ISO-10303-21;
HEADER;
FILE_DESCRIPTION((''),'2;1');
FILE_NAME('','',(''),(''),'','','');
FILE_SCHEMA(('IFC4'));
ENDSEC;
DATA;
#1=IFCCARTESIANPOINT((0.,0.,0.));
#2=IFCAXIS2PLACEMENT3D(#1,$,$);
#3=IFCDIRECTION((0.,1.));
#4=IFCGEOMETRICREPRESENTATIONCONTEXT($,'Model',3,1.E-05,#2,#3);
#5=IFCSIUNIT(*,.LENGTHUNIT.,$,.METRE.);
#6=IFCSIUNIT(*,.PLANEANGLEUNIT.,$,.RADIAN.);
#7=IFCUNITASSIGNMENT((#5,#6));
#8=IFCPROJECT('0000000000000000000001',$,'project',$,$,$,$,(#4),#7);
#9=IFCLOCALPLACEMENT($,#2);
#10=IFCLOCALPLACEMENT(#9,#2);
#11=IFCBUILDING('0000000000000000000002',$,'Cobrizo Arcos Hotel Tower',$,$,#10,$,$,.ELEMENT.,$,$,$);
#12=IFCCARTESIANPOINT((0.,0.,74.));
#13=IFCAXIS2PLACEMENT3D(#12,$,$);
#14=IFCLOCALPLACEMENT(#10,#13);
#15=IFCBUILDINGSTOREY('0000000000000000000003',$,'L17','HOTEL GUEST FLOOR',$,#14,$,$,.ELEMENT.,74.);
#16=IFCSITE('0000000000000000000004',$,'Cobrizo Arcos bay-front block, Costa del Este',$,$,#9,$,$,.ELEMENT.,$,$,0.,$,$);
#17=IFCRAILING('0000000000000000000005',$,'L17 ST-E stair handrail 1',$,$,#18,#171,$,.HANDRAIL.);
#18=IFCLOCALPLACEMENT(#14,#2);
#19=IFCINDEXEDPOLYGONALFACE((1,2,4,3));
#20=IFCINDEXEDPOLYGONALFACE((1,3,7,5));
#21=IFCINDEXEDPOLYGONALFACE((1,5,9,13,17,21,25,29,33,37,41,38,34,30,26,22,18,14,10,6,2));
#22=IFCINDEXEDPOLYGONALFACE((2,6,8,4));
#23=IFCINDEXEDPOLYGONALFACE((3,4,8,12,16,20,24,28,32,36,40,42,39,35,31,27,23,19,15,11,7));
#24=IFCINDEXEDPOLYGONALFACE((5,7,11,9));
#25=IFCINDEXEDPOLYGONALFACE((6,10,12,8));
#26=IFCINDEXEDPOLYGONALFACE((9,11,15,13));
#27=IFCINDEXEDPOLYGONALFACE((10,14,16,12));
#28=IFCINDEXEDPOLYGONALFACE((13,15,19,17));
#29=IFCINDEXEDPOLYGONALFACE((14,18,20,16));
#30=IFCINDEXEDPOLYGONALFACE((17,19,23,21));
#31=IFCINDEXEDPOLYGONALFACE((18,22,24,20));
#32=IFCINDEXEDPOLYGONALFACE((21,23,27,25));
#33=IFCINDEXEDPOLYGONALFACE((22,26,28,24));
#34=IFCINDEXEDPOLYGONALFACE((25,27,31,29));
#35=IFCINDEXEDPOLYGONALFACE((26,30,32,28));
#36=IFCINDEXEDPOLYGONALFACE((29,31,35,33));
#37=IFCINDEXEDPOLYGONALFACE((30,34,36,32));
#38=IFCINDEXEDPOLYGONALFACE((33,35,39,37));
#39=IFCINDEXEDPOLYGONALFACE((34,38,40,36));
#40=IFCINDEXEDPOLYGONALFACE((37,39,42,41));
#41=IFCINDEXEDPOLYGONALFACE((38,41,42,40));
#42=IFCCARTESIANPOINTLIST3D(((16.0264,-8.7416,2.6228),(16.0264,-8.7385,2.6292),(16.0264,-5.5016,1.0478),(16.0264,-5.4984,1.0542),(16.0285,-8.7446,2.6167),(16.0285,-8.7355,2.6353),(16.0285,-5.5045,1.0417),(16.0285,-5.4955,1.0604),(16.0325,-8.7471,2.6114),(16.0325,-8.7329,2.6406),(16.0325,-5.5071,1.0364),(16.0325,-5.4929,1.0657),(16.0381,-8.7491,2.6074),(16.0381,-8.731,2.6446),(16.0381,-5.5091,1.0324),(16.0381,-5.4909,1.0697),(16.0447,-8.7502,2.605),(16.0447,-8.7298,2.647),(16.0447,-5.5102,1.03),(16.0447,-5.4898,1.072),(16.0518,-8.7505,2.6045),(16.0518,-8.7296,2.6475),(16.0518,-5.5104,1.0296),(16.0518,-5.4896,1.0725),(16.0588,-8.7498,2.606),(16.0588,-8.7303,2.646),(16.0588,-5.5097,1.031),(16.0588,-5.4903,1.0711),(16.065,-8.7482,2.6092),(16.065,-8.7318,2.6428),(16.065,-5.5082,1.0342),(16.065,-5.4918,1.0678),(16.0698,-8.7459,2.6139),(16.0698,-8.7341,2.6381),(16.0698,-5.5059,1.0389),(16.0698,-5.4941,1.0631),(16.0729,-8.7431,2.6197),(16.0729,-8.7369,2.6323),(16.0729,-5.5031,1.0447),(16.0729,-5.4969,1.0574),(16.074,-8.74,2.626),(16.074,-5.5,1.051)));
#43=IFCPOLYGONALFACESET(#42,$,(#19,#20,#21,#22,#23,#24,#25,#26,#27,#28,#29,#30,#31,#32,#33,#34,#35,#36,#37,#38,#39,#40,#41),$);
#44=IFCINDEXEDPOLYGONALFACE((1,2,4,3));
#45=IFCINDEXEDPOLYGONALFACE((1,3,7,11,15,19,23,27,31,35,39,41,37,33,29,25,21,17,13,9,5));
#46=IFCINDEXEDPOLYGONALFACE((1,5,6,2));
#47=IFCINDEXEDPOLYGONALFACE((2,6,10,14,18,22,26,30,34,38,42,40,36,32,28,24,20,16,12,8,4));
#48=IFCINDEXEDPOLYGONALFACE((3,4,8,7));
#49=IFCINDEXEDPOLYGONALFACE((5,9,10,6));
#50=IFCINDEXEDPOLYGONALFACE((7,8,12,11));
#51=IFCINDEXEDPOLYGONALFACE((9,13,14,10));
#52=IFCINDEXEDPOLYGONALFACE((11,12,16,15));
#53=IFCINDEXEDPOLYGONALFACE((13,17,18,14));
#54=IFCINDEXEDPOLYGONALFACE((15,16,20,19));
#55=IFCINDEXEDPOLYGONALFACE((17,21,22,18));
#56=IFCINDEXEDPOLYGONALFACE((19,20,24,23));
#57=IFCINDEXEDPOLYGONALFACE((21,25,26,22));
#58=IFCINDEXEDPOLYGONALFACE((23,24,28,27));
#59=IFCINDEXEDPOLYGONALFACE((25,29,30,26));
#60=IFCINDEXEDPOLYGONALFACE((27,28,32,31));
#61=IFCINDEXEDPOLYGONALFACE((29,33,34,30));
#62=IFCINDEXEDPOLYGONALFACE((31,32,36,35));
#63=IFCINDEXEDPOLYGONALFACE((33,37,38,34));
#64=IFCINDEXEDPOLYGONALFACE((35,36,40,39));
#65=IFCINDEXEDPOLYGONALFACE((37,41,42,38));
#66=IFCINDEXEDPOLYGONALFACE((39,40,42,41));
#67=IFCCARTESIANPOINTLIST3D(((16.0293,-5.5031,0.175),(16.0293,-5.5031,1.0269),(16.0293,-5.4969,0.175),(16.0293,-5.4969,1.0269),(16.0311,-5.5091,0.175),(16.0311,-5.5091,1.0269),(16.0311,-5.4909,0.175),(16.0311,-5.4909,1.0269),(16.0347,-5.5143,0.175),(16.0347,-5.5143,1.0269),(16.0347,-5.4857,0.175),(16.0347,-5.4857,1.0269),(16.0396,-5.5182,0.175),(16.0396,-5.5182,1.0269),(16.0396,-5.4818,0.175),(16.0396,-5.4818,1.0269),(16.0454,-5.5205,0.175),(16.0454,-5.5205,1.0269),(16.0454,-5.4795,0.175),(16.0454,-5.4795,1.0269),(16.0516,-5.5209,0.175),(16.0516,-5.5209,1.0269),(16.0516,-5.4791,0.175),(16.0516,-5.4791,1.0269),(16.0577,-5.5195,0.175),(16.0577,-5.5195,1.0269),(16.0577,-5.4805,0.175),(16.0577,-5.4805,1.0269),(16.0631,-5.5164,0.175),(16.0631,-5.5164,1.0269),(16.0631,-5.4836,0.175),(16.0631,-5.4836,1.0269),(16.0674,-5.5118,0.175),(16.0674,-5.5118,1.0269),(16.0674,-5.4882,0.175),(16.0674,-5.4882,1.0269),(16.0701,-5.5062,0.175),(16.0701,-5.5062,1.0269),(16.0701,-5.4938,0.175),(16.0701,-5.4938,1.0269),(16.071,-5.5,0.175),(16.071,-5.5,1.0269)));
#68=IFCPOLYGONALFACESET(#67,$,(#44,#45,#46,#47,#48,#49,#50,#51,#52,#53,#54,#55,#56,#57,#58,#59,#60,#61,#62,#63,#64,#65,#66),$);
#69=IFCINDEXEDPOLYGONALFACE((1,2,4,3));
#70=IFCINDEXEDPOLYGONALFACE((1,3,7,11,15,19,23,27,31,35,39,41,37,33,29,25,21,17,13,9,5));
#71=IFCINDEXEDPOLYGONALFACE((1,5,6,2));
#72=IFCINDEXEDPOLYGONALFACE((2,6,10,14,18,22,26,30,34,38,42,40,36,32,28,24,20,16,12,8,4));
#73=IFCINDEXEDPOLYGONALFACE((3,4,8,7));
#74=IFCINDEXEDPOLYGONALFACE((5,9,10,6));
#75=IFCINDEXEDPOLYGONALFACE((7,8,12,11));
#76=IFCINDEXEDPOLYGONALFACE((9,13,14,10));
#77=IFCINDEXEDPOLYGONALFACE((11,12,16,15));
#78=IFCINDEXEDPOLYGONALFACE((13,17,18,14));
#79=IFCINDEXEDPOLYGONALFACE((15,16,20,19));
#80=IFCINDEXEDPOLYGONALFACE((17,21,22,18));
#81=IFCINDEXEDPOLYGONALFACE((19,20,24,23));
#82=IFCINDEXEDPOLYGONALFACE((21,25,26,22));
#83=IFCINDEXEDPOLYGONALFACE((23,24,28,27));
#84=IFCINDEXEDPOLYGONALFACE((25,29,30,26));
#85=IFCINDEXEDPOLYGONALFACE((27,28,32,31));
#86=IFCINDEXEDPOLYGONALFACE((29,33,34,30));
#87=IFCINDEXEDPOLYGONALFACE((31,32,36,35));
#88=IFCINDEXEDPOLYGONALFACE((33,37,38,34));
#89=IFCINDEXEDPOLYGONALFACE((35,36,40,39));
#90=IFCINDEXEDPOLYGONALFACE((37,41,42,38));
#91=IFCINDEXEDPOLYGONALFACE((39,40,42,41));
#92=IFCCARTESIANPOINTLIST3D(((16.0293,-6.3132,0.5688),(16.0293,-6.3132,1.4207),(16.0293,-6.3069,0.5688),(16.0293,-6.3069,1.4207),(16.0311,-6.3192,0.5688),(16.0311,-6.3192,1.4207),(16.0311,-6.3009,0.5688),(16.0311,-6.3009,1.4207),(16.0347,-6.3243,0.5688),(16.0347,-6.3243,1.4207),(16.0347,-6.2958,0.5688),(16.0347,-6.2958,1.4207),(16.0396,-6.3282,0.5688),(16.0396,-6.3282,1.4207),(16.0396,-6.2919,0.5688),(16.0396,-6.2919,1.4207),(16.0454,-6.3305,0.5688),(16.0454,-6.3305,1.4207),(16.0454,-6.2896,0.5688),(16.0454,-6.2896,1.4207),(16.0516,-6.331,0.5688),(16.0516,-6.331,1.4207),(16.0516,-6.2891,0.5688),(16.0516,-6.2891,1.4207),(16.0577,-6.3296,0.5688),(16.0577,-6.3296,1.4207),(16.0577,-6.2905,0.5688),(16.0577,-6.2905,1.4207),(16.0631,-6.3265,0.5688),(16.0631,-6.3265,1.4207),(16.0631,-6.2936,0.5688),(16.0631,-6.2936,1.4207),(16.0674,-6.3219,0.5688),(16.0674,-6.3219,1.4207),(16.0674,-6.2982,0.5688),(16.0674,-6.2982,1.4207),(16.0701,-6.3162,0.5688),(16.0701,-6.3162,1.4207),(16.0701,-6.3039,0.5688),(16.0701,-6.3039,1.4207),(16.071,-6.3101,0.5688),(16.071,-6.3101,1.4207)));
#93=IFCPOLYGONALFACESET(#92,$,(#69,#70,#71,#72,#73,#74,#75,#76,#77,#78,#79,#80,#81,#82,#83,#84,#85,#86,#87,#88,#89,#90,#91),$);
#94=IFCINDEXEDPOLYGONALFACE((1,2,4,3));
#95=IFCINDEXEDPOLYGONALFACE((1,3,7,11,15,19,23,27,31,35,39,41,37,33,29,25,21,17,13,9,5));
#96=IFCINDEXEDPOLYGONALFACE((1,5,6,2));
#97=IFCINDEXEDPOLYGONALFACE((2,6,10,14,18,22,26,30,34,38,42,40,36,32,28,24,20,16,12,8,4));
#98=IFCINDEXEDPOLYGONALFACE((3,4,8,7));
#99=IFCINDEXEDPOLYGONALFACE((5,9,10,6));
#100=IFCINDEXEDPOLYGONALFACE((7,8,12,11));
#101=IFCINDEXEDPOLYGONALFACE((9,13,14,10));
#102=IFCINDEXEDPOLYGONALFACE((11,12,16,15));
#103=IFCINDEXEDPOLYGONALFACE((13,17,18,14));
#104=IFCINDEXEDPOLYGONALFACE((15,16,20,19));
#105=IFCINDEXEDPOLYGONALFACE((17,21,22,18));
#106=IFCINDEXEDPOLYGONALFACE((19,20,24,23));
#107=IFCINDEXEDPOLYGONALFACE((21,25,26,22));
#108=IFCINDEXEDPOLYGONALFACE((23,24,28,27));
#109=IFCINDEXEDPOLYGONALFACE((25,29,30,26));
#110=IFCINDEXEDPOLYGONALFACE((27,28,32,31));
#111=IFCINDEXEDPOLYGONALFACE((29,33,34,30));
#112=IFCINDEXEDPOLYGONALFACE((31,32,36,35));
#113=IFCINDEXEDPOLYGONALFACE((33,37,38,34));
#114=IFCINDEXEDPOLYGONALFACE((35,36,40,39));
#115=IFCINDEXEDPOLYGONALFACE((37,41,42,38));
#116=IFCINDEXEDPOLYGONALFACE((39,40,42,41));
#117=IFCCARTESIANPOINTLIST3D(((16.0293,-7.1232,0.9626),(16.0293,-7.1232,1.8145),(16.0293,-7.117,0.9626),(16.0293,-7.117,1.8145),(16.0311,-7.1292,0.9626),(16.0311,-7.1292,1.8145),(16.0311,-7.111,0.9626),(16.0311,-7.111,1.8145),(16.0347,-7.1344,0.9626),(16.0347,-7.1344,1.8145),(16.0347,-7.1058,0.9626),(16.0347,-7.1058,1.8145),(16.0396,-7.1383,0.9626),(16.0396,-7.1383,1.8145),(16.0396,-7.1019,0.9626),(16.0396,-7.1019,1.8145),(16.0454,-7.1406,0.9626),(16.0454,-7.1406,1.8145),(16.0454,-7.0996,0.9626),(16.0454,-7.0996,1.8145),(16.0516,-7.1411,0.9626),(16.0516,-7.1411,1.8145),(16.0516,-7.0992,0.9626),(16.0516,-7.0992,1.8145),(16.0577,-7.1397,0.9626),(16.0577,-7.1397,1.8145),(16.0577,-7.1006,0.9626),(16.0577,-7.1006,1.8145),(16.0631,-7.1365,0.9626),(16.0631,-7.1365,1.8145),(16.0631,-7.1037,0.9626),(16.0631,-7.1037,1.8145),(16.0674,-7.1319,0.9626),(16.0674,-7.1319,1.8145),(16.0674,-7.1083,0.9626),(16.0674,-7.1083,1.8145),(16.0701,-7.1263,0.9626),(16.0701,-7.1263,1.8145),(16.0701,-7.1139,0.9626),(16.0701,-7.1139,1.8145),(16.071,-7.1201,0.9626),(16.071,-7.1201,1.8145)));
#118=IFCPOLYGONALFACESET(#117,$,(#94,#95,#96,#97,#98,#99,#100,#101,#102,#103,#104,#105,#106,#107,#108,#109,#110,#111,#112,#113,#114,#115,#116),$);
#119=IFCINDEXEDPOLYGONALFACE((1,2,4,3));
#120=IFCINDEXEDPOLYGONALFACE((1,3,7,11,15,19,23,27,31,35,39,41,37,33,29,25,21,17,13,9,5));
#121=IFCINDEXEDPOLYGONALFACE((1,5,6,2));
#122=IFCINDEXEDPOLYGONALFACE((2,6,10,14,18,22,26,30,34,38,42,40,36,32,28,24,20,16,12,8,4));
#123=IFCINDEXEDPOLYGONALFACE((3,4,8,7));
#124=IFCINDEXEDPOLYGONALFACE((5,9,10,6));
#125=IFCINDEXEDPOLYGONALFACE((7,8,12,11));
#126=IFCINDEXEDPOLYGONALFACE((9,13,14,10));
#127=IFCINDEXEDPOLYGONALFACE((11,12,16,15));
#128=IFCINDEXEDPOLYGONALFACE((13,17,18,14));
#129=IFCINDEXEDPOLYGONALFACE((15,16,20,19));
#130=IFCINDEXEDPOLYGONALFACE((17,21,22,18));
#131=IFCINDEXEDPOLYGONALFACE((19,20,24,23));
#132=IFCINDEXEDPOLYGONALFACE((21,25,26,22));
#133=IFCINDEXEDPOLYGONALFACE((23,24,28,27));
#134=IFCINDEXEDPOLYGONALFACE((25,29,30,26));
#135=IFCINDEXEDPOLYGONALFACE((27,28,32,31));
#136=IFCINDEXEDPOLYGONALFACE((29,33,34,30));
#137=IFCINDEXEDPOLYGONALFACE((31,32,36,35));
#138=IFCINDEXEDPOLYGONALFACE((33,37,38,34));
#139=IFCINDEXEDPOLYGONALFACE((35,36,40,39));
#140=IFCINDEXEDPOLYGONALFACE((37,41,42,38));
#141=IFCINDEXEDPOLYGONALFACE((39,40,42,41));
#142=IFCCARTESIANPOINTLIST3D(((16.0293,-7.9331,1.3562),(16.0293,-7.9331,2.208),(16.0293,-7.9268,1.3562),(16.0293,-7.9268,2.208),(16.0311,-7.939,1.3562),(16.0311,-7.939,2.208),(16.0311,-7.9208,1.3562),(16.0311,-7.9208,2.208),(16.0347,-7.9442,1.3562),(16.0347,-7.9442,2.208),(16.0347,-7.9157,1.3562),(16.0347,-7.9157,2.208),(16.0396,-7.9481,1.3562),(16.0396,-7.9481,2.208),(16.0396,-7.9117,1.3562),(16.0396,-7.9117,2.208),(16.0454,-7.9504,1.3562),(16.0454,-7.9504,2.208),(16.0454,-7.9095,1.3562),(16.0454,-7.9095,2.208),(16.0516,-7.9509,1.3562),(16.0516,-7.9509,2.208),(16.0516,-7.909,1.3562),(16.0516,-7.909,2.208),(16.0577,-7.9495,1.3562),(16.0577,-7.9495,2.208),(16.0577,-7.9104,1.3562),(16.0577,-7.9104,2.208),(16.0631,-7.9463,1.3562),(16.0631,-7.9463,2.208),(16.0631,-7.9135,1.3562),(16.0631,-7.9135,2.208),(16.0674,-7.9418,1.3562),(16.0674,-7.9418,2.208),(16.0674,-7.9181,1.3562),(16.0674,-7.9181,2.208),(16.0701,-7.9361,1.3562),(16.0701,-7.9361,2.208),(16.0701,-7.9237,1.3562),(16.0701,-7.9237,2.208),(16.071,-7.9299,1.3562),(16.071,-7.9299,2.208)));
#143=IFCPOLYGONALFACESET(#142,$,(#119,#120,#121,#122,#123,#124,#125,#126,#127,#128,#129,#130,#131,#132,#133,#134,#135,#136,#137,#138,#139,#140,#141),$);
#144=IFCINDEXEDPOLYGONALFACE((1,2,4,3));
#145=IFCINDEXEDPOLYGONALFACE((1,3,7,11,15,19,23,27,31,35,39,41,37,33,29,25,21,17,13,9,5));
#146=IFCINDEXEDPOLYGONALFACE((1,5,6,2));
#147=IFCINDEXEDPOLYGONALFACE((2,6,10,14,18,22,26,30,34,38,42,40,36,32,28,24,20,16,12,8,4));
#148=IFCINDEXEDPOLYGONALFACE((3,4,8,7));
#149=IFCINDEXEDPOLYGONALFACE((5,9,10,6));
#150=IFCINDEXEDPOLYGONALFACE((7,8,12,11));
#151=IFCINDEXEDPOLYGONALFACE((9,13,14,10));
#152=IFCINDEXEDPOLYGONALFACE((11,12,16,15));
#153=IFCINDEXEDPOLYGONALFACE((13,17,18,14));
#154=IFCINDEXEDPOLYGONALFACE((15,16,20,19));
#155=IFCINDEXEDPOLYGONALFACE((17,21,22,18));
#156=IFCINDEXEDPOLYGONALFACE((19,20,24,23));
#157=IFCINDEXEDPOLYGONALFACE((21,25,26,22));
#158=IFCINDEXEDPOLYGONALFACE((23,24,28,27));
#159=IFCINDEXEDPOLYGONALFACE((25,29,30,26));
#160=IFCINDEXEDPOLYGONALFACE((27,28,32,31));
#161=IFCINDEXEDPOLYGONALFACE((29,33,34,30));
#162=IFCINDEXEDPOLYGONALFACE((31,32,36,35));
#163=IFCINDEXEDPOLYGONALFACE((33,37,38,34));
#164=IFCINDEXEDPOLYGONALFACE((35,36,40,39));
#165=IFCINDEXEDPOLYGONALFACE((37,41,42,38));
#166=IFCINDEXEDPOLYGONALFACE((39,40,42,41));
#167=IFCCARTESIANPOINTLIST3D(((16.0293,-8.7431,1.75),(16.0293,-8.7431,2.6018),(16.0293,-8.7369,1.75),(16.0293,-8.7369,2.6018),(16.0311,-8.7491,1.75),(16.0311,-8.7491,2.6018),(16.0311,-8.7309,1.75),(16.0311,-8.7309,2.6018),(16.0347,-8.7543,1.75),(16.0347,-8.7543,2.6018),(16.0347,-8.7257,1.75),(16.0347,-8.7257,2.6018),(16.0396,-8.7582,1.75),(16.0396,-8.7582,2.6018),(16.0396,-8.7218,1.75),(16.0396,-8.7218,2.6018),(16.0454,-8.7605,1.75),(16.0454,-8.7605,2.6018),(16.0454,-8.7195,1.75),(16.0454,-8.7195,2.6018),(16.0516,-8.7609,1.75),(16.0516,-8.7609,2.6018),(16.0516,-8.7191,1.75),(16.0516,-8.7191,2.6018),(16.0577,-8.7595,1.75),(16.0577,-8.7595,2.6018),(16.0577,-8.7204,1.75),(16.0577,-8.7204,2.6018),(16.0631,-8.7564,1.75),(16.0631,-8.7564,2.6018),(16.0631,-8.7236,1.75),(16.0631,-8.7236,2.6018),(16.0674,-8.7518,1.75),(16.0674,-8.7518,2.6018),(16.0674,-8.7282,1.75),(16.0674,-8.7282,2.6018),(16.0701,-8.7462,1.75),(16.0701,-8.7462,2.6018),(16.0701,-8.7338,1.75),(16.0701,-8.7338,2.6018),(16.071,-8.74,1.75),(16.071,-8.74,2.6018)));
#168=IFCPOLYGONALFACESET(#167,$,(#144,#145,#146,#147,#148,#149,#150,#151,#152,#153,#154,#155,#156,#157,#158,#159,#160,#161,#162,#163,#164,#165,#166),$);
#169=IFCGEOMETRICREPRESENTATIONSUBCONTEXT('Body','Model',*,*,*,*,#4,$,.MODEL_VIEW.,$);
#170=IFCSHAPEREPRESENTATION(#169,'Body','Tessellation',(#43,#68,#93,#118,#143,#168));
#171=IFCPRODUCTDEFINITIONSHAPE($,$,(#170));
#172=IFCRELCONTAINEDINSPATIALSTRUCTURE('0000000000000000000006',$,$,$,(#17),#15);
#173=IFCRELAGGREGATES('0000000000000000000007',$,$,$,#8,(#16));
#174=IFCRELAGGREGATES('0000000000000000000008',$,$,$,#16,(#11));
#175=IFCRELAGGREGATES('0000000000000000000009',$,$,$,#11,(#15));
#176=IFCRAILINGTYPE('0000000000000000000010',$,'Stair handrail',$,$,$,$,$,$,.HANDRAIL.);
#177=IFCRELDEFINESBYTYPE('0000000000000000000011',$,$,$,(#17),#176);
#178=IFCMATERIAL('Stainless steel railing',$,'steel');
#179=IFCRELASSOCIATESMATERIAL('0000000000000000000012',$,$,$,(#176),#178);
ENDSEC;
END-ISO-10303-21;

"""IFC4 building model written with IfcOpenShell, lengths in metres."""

from ifc_helpers import new_model, si_unit, direction, frame, origin, origin_2d, place, context, subcontext, project, spatial, circle, extrude, material, type_object, element, save


model = new_model("IFC4")

# Units and contexts
model_context = context("Model", 3, precision=1e-05, world=origin(), true_north=direction((0.0, 1.0)))
body_context = subcontext(model_context, "Body", "Model", "MODEL_VIEW")
ifc_project = project(units=[si_unit("LENGTHUNIT", "METRE"), si_unit("PLANEANGLEUNIT", "RADIAN")], contexts=[model_context])

# Site, building, storey
site_placement = place(None, origin())
site = spatial("IfcSite", under=ifc_project, at=site_placement, Name="Cobrizo Arcos bay-front block, Costa del Este", CompositionType="ELEMENT", RefElevation=0.0)
building_placement = place(site_placement, origin())
building = spatial("IfcBuilding", under=site, at=building_placement, Name="Cobrizo Arcos Hotel Tower", CompositionType="ELEMENT")
storey_placement = place(building_placement, frame((0.0, 0.0, 74.0)))
storey = spatial("IfcBuildingStorey", under=building, at=storey_placement, Name="L17", Description="HOTEL GUEST FLOOR", CompositionType="ELEMENT", Elevation=74.0)

# Railing
ifc_material_1 = material(Name="Stainless steel railing", Category="steel")
railing_type_1 = type_object("IfcRailingType", Name="Stair handrail", PredefinedType="HANDRAIL", material=ifc_material_1)
railing_1_placement = place(storey_placement, frame((16.05, -5.5, 0.175)))
element("IfcRailing", 1, at=railing_1_placement, inside=storey, type_object=railing_type_1, Name="L17 ST-E stair handrail 1", PredefinedType="HANDRAIL", context=body_context, shape_type="SweptSolid", body=[
    extrude(circle(Radius=0.0239, at=origin_2d()), frame((0.0, 0.0, 0.876), z_axis=(0.0, -0.899373, 0.437183), x_axis=(1.0, 0.0, 0.0)), (0.0, 0.0, 1.0), 3.6025),
    extrude(circle(Radius=0.021, at=origin_2d()), origin(), (0.0, 0.0, 1.0), 0.8518),
    extrude(circle(Radius=0.021, at=origin_2d()), frame((0.0, -0.8101, 0.3938)), (0.0, 0.0, 1.0), 0.8518),
    extrude(circle(Radius=0.021, at=origin_2d()), frame((0.0, -1.6201, 0.7876)), (0.0, 0.0, 1.0), 0.8518),
    extrude(circle(Radius=0.021, at=origin_2d()), frame((0.0, -2.4299, 1.1812)), (0.0, 0.0, 1.0), 0.8518),
    extrude(circle(Radius=0.021, at=origin_2d()), frame((0.0, -3.24, 1.575)), (0.0, 0.0, 1.0), 0.8518),
])

save(model, "model.ifc")
